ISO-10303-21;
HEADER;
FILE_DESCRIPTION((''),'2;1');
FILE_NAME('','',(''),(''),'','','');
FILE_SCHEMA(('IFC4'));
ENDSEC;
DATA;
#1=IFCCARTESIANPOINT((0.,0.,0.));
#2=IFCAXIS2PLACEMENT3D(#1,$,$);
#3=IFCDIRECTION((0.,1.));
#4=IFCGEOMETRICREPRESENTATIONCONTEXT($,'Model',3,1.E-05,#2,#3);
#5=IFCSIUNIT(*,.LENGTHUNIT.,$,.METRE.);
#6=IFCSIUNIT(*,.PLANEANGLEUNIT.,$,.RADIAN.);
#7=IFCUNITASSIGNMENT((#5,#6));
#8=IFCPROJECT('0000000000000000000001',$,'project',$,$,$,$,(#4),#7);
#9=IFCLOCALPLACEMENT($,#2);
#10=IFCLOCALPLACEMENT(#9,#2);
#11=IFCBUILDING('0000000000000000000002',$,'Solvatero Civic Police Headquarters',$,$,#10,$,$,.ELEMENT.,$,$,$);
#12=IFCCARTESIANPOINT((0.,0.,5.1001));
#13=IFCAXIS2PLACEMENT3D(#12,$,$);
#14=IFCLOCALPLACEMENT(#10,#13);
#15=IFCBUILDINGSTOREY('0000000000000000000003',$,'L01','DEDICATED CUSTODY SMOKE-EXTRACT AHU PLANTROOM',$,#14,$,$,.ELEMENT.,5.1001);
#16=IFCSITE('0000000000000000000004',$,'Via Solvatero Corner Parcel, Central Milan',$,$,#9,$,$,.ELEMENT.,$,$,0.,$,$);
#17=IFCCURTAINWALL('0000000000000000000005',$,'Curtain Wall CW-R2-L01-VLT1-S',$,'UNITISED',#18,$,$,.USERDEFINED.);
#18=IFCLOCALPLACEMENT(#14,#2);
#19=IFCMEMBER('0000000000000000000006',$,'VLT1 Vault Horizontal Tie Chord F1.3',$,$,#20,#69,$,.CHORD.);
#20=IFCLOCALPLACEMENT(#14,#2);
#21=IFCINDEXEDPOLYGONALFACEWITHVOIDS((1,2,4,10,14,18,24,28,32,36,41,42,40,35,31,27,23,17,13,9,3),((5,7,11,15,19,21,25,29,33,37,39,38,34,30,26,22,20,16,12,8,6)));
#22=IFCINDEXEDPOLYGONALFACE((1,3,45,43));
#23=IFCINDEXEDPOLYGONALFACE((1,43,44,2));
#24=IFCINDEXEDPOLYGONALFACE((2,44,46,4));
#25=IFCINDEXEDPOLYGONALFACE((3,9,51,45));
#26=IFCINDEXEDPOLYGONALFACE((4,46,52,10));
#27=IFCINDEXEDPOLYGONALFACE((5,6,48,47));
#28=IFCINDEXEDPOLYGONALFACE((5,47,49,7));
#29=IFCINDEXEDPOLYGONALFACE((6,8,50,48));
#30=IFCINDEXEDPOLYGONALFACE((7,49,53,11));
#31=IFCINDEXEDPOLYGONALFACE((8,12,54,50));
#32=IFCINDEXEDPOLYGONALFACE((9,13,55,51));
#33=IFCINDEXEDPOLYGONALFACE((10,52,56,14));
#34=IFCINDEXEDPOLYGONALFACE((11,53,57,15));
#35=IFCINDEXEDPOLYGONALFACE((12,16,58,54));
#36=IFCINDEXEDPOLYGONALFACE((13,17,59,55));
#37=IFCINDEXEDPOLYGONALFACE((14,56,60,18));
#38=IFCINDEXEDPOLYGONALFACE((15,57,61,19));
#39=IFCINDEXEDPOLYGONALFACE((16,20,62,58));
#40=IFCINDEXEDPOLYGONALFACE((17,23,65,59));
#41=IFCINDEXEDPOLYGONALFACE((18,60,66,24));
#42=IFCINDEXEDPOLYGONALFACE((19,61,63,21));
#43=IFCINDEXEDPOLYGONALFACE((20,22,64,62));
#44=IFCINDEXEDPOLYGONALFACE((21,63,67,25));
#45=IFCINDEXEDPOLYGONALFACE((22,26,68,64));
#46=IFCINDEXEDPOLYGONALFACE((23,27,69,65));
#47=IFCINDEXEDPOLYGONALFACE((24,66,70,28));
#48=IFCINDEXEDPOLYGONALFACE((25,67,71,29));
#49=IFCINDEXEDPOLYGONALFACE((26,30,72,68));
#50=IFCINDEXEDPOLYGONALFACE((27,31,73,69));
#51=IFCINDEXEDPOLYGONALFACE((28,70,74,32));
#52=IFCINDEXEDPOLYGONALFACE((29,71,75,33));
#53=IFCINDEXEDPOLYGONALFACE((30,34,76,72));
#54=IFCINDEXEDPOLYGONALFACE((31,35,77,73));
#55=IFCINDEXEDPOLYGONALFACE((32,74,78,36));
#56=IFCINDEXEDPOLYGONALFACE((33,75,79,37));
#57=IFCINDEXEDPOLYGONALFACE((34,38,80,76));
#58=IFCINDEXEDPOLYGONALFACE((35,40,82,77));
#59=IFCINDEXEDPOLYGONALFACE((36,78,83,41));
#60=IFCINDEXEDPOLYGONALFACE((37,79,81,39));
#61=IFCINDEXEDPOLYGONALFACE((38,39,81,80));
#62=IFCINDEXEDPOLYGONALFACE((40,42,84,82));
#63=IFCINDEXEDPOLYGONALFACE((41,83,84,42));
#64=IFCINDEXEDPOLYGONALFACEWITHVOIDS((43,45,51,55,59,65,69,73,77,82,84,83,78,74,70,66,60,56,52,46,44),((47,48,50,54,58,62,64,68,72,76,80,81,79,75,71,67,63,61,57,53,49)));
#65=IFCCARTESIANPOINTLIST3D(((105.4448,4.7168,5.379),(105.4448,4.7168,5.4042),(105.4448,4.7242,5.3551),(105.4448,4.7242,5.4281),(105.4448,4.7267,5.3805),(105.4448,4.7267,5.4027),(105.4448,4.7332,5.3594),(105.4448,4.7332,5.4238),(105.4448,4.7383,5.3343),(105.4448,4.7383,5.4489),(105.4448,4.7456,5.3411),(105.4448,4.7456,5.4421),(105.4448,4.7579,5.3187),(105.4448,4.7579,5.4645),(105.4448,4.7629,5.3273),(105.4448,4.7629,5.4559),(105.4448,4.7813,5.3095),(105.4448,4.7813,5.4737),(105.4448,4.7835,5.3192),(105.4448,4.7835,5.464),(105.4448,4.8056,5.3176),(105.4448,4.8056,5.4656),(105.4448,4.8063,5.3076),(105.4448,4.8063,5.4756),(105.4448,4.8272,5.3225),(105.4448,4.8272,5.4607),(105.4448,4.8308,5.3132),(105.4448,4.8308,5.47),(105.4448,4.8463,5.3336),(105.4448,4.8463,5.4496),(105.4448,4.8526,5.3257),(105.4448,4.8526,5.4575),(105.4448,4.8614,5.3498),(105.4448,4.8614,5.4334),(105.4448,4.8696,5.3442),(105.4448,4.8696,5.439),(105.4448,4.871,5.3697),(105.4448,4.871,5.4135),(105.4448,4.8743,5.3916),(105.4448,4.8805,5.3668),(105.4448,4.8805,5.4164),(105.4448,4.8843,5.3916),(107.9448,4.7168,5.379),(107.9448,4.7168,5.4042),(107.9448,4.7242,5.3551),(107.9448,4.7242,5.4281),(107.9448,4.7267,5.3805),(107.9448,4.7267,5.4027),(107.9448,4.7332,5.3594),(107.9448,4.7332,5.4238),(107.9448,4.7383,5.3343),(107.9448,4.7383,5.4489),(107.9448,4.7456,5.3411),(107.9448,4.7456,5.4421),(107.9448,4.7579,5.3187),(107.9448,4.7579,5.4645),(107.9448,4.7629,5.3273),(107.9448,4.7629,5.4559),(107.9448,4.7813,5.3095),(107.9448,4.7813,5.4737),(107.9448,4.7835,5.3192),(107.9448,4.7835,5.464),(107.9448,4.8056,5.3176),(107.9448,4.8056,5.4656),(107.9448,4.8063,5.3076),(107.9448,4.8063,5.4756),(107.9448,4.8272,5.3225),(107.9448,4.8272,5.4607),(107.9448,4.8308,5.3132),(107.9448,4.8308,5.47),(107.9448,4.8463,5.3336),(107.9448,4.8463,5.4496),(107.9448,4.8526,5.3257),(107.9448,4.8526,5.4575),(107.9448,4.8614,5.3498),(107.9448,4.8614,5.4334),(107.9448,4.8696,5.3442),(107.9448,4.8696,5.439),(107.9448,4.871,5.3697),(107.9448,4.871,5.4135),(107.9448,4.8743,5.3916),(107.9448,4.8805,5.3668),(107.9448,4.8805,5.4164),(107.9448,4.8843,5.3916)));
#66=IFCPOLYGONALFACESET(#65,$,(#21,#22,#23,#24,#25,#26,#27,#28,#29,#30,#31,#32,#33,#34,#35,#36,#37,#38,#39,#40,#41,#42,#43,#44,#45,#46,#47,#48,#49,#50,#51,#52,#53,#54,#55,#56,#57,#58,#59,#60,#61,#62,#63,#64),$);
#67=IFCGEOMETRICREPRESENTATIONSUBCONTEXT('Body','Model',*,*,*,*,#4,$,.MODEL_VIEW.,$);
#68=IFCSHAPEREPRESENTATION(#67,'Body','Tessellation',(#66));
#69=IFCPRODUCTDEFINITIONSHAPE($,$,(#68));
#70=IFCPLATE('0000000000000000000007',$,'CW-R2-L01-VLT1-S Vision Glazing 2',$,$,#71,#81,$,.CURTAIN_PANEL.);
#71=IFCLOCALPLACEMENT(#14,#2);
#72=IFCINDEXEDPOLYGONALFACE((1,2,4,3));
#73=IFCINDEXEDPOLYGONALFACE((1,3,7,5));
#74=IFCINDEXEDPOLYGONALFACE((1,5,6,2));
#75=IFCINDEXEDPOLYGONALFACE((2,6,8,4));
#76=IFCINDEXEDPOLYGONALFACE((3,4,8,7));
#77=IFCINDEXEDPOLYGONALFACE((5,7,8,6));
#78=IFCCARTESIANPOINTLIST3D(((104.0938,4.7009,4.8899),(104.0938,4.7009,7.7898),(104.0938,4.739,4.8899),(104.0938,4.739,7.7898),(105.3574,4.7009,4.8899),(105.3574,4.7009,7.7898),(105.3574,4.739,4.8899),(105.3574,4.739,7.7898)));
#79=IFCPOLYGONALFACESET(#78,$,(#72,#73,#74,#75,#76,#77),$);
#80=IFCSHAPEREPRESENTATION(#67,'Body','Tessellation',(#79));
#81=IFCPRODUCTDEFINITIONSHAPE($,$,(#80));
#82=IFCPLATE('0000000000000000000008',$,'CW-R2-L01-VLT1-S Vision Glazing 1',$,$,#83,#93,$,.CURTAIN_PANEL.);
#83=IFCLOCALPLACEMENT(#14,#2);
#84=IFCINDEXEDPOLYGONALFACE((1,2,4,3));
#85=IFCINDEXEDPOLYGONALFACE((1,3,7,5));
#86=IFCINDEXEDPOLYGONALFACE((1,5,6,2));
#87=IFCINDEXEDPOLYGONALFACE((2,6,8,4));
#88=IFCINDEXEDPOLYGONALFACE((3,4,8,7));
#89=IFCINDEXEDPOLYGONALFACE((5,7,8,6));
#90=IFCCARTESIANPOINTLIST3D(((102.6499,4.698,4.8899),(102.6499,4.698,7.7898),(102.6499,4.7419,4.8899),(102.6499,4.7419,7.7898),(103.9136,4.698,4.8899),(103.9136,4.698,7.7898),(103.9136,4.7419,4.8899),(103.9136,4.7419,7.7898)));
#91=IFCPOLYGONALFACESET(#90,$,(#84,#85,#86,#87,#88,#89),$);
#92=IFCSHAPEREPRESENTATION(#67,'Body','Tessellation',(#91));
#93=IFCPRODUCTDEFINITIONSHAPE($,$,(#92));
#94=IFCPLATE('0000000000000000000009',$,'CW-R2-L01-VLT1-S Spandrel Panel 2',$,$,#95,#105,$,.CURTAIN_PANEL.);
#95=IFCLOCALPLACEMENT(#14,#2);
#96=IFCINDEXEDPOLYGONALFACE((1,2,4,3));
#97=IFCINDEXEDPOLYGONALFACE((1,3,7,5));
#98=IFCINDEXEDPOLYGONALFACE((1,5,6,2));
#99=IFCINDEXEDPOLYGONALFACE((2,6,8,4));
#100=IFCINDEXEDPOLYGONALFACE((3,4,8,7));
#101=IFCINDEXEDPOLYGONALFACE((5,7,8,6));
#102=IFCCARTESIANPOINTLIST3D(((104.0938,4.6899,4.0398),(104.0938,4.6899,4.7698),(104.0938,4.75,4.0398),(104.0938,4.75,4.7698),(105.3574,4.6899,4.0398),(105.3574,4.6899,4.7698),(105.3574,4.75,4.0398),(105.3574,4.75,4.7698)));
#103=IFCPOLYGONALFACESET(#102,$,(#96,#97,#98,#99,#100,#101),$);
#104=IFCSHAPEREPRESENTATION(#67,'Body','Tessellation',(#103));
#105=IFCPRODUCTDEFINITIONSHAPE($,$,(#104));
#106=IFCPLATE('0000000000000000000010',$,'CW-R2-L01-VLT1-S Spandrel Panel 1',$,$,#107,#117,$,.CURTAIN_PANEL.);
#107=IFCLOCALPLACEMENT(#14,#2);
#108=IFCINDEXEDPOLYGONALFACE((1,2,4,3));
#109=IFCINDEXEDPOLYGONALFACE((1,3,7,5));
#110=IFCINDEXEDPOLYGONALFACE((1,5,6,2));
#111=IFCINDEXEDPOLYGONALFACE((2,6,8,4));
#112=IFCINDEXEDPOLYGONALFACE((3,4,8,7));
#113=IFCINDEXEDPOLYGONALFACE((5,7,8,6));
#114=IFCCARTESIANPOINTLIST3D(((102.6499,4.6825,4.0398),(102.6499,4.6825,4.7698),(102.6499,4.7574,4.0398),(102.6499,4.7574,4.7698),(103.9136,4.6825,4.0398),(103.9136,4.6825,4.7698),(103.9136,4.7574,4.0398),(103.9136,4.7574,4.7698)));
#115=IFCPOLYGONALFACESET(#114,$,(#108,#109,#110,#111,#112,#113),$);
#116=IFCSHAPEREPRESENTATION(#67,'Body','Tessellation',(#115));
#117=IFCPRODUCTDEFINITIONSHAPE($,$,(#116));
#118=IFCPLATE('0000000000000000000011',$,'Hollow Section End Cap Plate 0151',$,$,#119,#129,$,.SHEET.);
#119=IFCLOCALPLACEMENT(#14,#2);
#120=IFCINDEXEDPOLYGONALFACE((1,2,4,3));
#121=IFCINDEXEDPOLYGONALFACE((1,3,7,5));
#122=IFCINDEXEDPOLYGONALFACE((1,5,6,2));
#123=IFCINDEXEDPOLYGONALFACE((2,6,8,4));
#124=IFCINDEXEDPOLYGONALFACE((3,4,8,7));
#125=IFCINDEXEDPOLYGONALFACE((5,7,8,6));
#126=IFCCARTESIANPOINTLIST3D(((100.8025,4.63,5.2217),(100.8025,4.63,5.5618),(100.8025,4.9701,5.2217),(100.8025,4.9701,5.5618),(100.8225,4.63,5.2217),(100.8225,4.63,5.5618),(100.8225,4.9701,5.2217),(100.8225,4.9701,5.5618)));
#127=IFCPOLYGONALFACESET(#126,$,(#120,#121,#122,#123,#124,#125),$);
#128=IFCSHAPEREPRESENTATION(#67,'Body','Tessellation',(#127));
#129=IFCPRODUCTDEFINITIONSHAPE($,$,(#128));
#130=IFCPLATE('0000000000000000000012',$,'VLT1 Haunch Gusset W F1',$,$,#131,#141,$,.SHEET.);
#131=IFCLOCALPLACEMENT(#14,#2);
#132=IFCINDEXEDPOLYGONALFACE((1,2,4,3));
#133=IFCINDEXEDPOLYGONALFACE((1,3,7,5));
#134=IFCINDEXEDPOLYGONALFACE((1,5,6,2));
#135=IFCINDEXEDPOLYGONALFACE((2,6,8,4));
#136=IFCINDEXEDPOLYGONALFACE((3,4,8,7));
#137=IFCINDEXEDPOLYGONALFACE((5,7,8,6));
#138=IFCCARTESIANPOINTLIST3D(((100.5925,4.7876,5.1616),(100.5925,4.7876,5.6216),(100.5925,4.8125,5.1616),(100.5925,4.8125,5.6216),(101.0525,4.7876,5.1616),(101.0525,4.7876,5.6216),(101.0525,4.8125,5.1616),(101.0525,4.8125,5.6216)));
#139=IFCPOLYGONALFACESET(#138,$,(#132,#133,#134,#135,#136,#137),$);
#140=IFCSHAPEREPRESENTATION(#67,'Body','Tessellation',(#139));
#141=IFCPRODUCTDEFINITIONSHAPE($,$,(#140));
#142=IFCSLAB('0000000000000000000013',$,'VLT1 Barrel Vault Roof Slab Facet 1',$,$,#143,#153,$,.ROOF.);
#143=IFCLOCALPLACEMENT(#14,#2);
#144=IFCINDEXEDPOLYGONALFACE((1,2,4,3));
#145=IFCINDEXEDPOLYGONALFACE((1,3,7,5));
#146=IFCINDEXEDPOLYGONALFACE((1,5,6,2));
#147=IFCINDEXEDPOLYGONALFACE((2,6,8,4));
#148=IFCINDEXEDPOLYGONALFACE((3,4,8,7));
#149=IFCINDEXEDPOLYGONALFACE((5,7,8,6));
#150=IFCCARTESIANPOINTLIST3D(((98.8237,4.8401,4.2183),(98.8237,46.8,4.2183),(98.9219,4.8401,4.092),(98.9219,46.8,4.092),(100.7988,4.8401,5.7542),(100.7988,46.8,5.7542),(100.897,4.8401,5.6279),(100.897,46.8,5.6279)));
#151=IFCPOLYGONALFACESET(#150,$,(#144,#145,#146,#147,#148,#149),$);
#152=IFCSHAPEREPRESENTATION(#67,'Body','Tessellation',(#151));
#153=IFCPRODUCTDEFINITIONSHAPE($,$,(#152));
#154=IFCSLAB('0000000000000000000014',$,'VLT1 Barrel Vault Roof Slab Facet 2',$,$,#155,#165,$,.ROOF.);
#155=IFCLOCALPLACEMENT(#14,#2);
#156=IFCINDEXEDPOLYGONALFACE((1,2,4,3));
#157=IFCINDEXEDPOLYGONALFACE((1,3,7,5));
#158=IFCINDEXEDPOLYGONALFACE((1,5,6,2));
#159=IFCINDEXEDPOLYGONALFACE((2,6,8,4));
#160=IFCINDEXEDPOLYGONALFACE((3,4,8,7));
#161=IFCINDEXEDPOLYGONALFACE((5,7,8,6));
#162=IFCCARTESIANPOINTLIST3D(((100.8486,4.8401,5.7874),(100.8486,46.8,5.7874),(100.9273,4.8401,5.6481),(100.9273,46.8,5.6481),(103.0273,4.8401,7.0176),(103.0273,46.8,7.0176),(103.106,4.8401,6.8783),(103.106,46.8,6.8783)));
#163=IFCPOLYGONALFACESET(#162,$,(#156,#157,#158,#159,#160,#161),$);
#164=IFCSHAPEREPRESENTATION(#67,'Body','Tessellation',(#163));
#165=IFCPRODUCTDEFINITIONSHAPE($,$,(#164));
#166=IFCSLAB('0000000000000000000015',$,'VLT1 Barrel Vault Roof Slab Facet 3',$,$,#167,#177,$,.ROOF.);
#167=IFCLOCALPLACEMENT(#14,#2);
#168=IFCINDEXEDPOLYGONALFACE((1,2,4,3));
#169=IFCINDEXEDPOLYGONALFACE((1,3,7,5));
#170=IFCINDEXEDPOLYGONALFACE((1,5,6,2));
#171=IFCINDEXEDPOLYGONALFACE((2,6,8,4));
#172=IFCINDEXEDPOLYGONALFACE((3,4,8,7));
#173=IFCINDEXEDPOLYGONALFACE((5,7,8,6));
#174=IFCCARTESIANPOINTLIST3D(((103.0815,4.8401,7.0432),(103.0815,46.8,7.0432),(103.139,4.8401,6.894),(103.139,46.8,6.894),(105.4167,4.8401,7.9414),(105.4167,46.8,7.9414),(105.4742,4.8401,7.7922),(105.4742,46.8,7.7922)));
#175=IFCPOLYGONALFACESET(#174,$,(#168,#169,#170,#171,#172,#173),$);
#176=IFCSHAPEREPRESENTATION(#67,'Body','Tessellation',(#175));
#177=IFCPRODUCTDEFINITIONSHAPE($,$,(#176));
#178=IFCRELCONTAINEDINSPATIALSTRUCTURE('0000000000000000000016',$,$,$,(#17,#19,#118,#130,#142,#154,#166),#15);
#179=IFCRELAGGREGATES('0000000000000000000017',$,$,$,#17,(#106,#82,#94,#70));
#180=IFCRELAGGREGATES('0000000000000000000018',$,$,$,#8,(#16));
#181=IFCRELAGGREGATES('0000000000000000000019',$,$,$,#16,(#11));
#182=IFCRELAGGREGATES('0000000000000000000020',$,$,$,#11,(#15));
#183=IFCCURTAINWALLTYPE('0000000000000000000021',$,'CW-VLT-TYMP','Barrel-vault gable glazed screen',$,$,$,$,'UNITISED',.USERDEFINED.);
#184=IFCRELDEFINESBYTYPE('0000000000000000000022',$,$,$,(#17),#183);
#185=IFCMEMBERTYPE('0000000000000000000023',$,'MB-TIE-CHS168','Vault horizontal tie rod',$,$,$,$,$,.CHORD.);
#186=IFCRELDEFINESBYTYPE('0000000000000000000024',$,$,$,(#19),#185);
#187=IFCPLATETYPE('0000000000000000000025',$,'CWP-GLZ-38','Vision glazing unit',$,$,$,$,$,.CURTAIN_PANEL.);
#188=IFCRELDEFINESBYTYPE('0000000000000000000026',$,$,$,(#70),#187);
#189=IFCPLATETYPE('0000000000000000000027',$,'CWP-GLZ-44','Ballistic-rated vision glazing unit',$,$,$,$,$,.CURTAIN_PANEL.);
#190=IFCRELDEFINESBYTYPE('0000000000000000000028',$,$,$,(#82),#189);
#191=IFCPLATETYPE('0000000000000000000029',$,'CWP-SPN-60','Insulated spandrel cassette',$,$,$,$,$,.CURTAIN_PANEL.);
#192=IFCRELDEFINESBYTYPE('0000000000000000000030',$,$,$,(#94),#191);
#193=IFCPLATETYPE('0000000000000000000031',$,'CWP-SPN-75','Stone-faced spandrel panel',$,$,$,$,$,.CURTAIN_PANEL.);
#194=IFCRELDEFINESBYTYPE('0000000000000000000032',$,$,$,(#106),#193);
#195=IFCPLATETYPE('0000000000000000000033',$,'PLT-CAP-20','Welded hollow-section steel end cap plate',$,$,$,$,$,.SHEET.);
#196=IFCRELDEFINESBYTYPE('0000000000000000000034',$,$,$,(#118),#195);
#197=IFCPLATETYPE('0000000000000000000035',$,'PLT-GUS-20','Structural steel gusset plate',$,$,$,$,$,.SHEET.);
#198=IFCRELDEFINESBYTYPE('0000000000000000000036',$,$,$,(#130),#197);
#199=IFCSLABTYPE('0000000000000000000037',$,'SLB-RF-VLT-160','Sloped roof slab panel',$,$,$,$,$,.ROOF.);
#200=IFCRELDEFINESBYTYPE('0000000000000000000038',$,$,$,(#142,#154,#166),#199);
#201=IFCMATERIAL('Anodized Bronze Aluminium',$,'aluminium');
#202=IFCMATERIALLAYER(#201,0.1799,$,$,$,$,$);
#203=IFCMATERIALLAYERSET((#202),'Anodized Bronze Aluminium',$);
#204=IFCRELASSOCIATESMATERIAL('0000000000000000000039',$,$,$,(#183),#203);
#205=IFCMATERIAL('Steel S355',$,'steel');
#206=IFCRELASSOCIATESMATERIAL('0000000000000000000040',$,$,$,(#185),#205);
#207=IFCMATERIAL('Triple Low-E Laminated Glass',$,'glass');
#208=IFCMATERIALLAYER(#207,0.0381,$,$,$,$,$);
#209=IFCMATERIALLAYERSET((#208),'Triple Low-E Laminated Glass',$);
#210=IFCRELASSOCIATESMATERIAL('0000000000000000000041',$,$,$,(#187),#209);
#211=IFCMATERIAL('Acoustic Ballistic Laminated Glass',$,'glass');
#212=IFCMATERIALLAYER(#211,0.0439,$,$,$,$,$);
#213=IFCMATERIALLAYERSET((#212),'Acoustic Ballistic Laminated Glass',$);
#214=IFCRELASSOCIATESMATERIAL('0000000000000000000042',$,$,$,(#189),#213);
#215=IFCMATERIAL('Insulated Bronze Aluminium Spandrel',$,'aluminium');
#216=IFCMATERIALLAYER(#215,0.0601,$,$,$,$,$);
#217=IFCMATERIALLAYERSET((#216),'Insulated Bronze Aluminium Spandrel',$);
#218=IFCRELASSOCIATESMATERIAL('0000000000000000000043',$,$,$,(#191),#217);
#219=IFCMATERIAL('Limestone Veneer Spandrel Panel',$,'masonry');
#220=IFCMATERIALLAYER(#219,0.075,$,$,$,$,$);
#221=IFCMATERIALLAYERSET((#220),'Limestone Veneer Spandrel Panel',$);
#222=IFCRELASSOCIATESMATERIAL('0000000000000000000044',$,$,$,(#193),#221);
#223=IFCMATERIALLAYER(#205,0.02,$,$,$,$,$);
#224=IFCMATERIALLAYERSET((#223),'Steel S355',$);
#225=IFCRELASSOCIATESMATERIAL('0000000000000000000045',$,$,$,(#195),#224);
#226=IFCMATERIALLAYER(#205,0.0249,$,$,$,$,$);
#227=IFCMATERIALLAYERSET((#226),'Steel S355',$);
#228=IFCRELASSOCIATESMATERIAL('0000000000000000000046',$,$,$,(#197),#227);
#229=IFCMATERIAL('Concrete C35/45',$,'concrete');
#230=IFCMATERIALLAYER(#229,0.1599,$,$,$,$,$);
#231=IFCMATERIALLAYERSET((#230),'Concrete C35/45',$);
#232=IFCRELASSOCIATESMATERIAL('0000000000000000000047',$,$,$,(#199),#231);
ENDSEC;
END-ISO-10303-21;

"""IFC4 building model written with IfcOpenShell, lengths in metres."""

from ifc_helpers import new_model, si_unit, direction, frame, origin, origin_2d, place, context, subcontext, project, spatial, polyline, rectangle, hollow_circle, outline, extrude, material, layer, layer_set, material_profile, profile_set, type_object, element, aggregate, save


model = new_model("IFC4")

# Units and contexts
model_context = context("Model", 3, precision=1e-05, world=origin(), true_north=direction((0.0, 1.0)))
body_context = subcontext(model_context, "Body", "Model", "MODEL_VIEW")
ifc_project = project(units=[si_unit("LENGTHUNIT", "METRE"), si_unit("PLANEANGLEUNIT", "RADIAN")], contexts=[model_context])

# Site, building, storey
site_placement = place(None, origin())
site = spatial("IfcSite", under=ifc_project, at=site_placement, Name="Via Solvatero Corner Parcel, Central Milan", CompositionType="ELEMENT", RefElevation=0.0)
building_placement = place(site_placement, origin())
building = spatial("IfcBuilding", under=site, at=building_placement, Name="Solvatero Civic Police Headquarters", CompositionType="ELEMENT")
storey_placement = place(building_placement, frame((0.0, 0.0, 5.1001)))
storey = spatial("IfcBuildingStorey", under=building, at=storey_placement, Name="L01", Description="DEDICATED CUSTODY SMOKE-EXTRACT AHU PLANTROOM", CompositionType="ELEMENT", Elevation=5.1001)

# Shared definitions
ifc_material_1 = material(Name="Steel S355", Category="steel")

# Curtain wall
ifc_material_2 = material(Name="Anodized Bronze Aluminium", Category="aluminium")
ifc_layer_1 = layer(ifc_material_2, 0.1799)
ifc_layer_set_1 = layer_set([ifc_layer_1], Name="Anodized Bronze Aluminium")
curtain_wall_type = type_object("IfcCurtainWallType", Name="CW-VLT-TYMP", Description="Barrel-vault gable glazed screen", ElementType="UNITISED", PredefinedType="USERDEFINED", material=ifc_layer_set_1)
curtain_wall_placement = place(storey_placement, origin())
curtain_wall = element("IfcCurtainWall", 1, at=curtain_wall_placement, inside=storey, type_object=curtain_wall_type, Name="Curtain Wall CW-R2-L01-VLT1-S", ObjectType="UNITISED", PredefinedType="USERDEFINED")

# Member
ifc_material_profile_1 = material_profile(ifc_material_1, hollow_circle(Radius=0.0842, WallThickness=0.01, at=origin_2d()), Name="CHS 168.3x10.0")
ifc_profile_set_1 = profile_set([ifc_material_profile_1], Name="Steel S355")
member_type_1 = type_object("IfcMemberType", Name="MB-TIE-CHS168", Description="Vault horizontal tie rod", PredefinedType="CHORD", material=ifc_profile_set_1)
member_1_placement = place(storey_placement, frame((105.4448, 4.8, 5.3916), z_axis=(1.0, 0.0, 0.0), x_axis=(0.0, 1.0, 0.0)))
element("IfcMember", 2, at=member_1_placement, inside=storey, type_object=member_type_1, Name="VLT1 Vault Horizontal Tie Chord F1.3", PredefinedType="CHORD", context=body_context, shape_type="SweptSolid", body=[
    extrude(hollow_circle(Radius=0.0842, WallThickness=0.01, at=origin_2d()), origin(), (0.0, 0.0, 1.0), 2.5),
])

# Plates
ifc_material_3 = material(Name="Triple Low-E Laminated Glass", Category="glass")
ifc_layer_2 = layer(ifc_material_3, 0.0381)
ifc_layer_set_2 = layer_set([ifc_layer_2], Name="Triple Low-E Laminated Glass")
plate_type_1 = type_object("IfcPlateType", Name="CWP-GLZ-38", Description="Vision glazing unit", PredefinedType="CURTAIN_PANEL", material=ifc_layer_set_2)
plate_1_placement = place(storey_placement, frame((104.7256, 4.72, 4.8899), z_axis=(0.0, 0.0, 1.0), x_axis=(1.0, 0.0, 0.0)))
plate_1 = element("IfcPlate", 3, at=plate_1_placement, type_object=plate_type_1, Name="CW-R2-L01-VLT1-S Vision Glazing 2", PredefinedType="CURTAIN_PANEL", context=body_context, shape_type="SweptSolid", body=[
    extrude(rectangle(XDim=1.2637, YDim=0.0381, at=origin_2d()), origin(), (0.0, 0.0, 1.0), 2.8999),
])
ifc_material_4 = material(Name="Acoustic Ballistic Laminated Glass", Category="glass")
ifc_layer_3 = layer(ifc_material_4, 0.0439)
ifc_layer_set_3 = layer_set([ifc_layer_3], Name="Acoustic Ballistic Laminated Glass")
plate_type_2 = type_object("IfcPlateType", Name="CWP-GLZ-44", Description="Ballistic-rated vision glazing unit", PredefinedType="CURTAIN_PANEL", material=ifc_layer_set_3)
plate_2_placement = place(storey_placement, frame((103.2817, 4.72, 4.8899), z_axis=(0.0, 0.0, 1.0), x_axis=(1.0, 0.0, 0.0)))
plate_2 = element("IfcPlate", 4, at=plate_2_placement, type_object=plate_type_2, Name="CW-R2-L01-VLT1-S Vision Glazing 1", PredefinedType="CURTAIN_PANEL", context=body_context, shape_type="SweptSolid", body=[
    extrude(rectangle(XDim=1.2637, YDim=0.0439, at=origin_2d()), origin(), (0.0, 0.0, 1.0), 2.8999),
])
ifc_material_5 = material(Name="Insulated Bronze Aluminium Spandrel", Category="aluminium")
ifc_layer_4 = layer(ifc_material_5, 0.0601)
ifc_layer_set_4 = layer_set([ifc_layer_4], Name="Insulated Bronze Aluminium Spandrel")
plate_type_3 = type_object("IfcPlateType", Name="CWP-SPN-60", Description="Insulated spandrel cassette", PredefinedType="CURTAIN_PANEL", material=ifc_layer_set_4)
plate_3_placement = place(storey_placement, frame((104.7256, 4.72, 4.0398), z_axis=(0.0, 0.0, 1.0), x_axis=(1.0, 0.0, 0.0)))
plate_3 = element("IfcPlate", 5, at=plate_3_placement, type_object=plate_type_3, Name="CW-R2-L01-VLT1-S Spandrel Panel 2", PredefinedType="CURTAIN_PANEL", context=body_context, shape_type="SweptSolid", body=[
    extrude(rectangle(XDim=1.2637, YDim=0.0601, at=origin_2d()), origin(), (0.0, 0.0, 1.0), 0.73),
])
ifc_material_6 = material(Name="Limestone Veneer Spandrel Panel", Category="masonry")
ifc_layer_5 = layer(ifc_material_6, 0.075)
ifc_layer_set_5 = layer_set([ifc_layer_5], Name="Limestone Veneer Spandrel Panel")
plate_type_4 = type_object("IfcPlateType", Name="CWP-SPN-75", Description="Stone-faced spandrel panel", PredefinedType="CURTAIN_PANEL", material=ifc_layer_set_5)
plate_4_placement = place(storey_placement, frame((103.2817, 4.72, 4.0398), z_axis=(0.0, 0.0, 1.0), x_axis=(1.0, 0.0, 0.0)))
plate_4 = element("IfcPlate", 6, at=plate_4_placement, type_object=plate_type_4, Name="CW-R2-L01-VLT1-S Spandrel Panel 1", PredefinedType="CURTAIN_PANEL", context=body_context, shape_type="SweptSolid", body=[
    extrude(rectangle(XDim=1.2637, YDim=0.075, at=origin_2d()), origin(), (0.0, 0.0, 1.0), 0.73),
])
aggregate(curtain_wall, [plate_4, plate_2, plate_3, plate_1])

# Plates
ifc_layer_6 = layer(ifc_material_1, 0.02)
ifc_layer_set_6 = layer_set([ifc_layer_6], Name="Steel S355")
plate_type_5 = type_object("IfcPlateType", Name="PLT-CAP-20", Description="Welded hollow-section steel end cap plate", PredefinedType="SHEET", material=ifc_layer_set_6)
plate_5_placement = place(storey_placement, frame((100.8125, 4.8, 5.2217), z_axis=(0.0, 0.0, 1.0), x_axis=(1.0, 0.0, 0.0)))
element("IfcPlate", 7, at=plate_5_placement, inside=storey, type_object=plate_type_5, Name="Hollow Section End Cap Plate 0151", PredefinedType="SHEET", context=body_context, shape_type="SweptSolid", body=[
    extrude(rectangle(XDim=0.02, YDim=0.3401, at=origin_2d()), origin(), (0.0, 0.0, 1.0), 0.3401),
])
ifc_layer_7 = layer(ifc_material_1, 0.0249)
ifc_layer_set_7 = layer_set([ifc_layer_7], Name="Steel S355")
plate_type_6 = type_object("IfcPlateType", Name="PLT-GUS-20", Description="Structural steel gusset plate", PredefinedType="SHEET", material=ifc_layer_set_7)
plate_6_placement = place(storey_placement, frame((100.8225, 4.8, 5.1616), z_axis=(0.0, 0.0, 1.0), x_axis=(1.0, 0.0, 0.0)))
element("IfcPlate", 8, at=plate_6_placement, inside=storey, type_object=plate_type_6, Name="VLT1 Haunch Gusset W F1", PredefinedType="SHEET", context=body_context, shape_type="SweptSolid", body=[
    extrude(rectangle(XDim=0.46, YDim=0.0249, at=origin_2d()), origin(), (0.0, 0.0, 1.0), 0.46),
])

# Slabs
ifc_material_7 = material(Name="Concrete C35/45", Category="concrete")
ifc_layer_8 = layer(ifc_material_7, 0.1599)
ifc_layer_set_8 = layer_set([ifc_layer_8], Name="Concrete C35/45")
slab_type = type_object("IfcSlabType", Name="SLB-RF-VLT-160", Description="Sloped roof slab panel", PredefinedType="ROOF", material=ifc_layer_set_8)
slab_1_placement = place(storey_placement, frame((98.8237, 4.8401, 4.2183), z_axis=(-0.613866, 0.0, 0.78941), x_axis=(0.78941, 0.0, 0.613866)))
element("IfcSlab", 9, at=slab_1_placement, inside=storey, type_object=slab_type, Name="VLT1 Barrel Vault Roof Slab Facet 1", PredefinedType="ROOF", context=body_context, shape_type="SweptSolid", body=[
    extrude(outline(polyline([(0.0, 0.0), (2.502, 0.0), (2.502, 41.96), (0.0, 41.96), (0.0, 0.0)])), origin(), (0.0, 0.0, -1.0), 0.1599),
])
slab_2_placement = place(storey_placement, frame((100.8486, 4.8401, 5.7874), z_axis=(-0.491687, 0.0, 0.870772), x_axis=(0.870772, 0.0, 0.491687)))
element("IfcSlab", 10, at=slab_2_placement, inside=storey, type_object=slab_type, Name="VLT1 Barrel Vault Roof Slab Facet 2", PredefinedType="ROOF", context=body_context, shape_type="SweptSolid", body=[
    extrude(outline(polyline([(0.0, 0.0), (2.502, 0.0), (2.502, 41.96), (0.0, 41.96), (0.0, 0.0)])), origin(), (0.0, 0.0, -1.0), 0.1599),
])
slab_3_placement = place(storey_placement, frame((103.0815, 4.8401, 7.0432), z_axis=(-0.358992, 0.0, 0.933341), x_axis=(0.933341, 0.0, 0.358992)))
element("IfcSlab", 11, at=slab_3_placement, inside=storey, type_object=slab_type, Name="VLT1 Barrel Vault Roof Slab Facet 3", PredefinedType="ROOF", context=body_context, shape_type="SweptSolid", body=[
    extrude(outline(polyline([(0.0, 0.0), (2.502, 0.0), (2.502, 41.96), (0.0, 41.96), (0.0, 0.0)])), origin(), (0.0, 0.0, -1.0), 0.1599),
])

save(model, "model.ifc")
